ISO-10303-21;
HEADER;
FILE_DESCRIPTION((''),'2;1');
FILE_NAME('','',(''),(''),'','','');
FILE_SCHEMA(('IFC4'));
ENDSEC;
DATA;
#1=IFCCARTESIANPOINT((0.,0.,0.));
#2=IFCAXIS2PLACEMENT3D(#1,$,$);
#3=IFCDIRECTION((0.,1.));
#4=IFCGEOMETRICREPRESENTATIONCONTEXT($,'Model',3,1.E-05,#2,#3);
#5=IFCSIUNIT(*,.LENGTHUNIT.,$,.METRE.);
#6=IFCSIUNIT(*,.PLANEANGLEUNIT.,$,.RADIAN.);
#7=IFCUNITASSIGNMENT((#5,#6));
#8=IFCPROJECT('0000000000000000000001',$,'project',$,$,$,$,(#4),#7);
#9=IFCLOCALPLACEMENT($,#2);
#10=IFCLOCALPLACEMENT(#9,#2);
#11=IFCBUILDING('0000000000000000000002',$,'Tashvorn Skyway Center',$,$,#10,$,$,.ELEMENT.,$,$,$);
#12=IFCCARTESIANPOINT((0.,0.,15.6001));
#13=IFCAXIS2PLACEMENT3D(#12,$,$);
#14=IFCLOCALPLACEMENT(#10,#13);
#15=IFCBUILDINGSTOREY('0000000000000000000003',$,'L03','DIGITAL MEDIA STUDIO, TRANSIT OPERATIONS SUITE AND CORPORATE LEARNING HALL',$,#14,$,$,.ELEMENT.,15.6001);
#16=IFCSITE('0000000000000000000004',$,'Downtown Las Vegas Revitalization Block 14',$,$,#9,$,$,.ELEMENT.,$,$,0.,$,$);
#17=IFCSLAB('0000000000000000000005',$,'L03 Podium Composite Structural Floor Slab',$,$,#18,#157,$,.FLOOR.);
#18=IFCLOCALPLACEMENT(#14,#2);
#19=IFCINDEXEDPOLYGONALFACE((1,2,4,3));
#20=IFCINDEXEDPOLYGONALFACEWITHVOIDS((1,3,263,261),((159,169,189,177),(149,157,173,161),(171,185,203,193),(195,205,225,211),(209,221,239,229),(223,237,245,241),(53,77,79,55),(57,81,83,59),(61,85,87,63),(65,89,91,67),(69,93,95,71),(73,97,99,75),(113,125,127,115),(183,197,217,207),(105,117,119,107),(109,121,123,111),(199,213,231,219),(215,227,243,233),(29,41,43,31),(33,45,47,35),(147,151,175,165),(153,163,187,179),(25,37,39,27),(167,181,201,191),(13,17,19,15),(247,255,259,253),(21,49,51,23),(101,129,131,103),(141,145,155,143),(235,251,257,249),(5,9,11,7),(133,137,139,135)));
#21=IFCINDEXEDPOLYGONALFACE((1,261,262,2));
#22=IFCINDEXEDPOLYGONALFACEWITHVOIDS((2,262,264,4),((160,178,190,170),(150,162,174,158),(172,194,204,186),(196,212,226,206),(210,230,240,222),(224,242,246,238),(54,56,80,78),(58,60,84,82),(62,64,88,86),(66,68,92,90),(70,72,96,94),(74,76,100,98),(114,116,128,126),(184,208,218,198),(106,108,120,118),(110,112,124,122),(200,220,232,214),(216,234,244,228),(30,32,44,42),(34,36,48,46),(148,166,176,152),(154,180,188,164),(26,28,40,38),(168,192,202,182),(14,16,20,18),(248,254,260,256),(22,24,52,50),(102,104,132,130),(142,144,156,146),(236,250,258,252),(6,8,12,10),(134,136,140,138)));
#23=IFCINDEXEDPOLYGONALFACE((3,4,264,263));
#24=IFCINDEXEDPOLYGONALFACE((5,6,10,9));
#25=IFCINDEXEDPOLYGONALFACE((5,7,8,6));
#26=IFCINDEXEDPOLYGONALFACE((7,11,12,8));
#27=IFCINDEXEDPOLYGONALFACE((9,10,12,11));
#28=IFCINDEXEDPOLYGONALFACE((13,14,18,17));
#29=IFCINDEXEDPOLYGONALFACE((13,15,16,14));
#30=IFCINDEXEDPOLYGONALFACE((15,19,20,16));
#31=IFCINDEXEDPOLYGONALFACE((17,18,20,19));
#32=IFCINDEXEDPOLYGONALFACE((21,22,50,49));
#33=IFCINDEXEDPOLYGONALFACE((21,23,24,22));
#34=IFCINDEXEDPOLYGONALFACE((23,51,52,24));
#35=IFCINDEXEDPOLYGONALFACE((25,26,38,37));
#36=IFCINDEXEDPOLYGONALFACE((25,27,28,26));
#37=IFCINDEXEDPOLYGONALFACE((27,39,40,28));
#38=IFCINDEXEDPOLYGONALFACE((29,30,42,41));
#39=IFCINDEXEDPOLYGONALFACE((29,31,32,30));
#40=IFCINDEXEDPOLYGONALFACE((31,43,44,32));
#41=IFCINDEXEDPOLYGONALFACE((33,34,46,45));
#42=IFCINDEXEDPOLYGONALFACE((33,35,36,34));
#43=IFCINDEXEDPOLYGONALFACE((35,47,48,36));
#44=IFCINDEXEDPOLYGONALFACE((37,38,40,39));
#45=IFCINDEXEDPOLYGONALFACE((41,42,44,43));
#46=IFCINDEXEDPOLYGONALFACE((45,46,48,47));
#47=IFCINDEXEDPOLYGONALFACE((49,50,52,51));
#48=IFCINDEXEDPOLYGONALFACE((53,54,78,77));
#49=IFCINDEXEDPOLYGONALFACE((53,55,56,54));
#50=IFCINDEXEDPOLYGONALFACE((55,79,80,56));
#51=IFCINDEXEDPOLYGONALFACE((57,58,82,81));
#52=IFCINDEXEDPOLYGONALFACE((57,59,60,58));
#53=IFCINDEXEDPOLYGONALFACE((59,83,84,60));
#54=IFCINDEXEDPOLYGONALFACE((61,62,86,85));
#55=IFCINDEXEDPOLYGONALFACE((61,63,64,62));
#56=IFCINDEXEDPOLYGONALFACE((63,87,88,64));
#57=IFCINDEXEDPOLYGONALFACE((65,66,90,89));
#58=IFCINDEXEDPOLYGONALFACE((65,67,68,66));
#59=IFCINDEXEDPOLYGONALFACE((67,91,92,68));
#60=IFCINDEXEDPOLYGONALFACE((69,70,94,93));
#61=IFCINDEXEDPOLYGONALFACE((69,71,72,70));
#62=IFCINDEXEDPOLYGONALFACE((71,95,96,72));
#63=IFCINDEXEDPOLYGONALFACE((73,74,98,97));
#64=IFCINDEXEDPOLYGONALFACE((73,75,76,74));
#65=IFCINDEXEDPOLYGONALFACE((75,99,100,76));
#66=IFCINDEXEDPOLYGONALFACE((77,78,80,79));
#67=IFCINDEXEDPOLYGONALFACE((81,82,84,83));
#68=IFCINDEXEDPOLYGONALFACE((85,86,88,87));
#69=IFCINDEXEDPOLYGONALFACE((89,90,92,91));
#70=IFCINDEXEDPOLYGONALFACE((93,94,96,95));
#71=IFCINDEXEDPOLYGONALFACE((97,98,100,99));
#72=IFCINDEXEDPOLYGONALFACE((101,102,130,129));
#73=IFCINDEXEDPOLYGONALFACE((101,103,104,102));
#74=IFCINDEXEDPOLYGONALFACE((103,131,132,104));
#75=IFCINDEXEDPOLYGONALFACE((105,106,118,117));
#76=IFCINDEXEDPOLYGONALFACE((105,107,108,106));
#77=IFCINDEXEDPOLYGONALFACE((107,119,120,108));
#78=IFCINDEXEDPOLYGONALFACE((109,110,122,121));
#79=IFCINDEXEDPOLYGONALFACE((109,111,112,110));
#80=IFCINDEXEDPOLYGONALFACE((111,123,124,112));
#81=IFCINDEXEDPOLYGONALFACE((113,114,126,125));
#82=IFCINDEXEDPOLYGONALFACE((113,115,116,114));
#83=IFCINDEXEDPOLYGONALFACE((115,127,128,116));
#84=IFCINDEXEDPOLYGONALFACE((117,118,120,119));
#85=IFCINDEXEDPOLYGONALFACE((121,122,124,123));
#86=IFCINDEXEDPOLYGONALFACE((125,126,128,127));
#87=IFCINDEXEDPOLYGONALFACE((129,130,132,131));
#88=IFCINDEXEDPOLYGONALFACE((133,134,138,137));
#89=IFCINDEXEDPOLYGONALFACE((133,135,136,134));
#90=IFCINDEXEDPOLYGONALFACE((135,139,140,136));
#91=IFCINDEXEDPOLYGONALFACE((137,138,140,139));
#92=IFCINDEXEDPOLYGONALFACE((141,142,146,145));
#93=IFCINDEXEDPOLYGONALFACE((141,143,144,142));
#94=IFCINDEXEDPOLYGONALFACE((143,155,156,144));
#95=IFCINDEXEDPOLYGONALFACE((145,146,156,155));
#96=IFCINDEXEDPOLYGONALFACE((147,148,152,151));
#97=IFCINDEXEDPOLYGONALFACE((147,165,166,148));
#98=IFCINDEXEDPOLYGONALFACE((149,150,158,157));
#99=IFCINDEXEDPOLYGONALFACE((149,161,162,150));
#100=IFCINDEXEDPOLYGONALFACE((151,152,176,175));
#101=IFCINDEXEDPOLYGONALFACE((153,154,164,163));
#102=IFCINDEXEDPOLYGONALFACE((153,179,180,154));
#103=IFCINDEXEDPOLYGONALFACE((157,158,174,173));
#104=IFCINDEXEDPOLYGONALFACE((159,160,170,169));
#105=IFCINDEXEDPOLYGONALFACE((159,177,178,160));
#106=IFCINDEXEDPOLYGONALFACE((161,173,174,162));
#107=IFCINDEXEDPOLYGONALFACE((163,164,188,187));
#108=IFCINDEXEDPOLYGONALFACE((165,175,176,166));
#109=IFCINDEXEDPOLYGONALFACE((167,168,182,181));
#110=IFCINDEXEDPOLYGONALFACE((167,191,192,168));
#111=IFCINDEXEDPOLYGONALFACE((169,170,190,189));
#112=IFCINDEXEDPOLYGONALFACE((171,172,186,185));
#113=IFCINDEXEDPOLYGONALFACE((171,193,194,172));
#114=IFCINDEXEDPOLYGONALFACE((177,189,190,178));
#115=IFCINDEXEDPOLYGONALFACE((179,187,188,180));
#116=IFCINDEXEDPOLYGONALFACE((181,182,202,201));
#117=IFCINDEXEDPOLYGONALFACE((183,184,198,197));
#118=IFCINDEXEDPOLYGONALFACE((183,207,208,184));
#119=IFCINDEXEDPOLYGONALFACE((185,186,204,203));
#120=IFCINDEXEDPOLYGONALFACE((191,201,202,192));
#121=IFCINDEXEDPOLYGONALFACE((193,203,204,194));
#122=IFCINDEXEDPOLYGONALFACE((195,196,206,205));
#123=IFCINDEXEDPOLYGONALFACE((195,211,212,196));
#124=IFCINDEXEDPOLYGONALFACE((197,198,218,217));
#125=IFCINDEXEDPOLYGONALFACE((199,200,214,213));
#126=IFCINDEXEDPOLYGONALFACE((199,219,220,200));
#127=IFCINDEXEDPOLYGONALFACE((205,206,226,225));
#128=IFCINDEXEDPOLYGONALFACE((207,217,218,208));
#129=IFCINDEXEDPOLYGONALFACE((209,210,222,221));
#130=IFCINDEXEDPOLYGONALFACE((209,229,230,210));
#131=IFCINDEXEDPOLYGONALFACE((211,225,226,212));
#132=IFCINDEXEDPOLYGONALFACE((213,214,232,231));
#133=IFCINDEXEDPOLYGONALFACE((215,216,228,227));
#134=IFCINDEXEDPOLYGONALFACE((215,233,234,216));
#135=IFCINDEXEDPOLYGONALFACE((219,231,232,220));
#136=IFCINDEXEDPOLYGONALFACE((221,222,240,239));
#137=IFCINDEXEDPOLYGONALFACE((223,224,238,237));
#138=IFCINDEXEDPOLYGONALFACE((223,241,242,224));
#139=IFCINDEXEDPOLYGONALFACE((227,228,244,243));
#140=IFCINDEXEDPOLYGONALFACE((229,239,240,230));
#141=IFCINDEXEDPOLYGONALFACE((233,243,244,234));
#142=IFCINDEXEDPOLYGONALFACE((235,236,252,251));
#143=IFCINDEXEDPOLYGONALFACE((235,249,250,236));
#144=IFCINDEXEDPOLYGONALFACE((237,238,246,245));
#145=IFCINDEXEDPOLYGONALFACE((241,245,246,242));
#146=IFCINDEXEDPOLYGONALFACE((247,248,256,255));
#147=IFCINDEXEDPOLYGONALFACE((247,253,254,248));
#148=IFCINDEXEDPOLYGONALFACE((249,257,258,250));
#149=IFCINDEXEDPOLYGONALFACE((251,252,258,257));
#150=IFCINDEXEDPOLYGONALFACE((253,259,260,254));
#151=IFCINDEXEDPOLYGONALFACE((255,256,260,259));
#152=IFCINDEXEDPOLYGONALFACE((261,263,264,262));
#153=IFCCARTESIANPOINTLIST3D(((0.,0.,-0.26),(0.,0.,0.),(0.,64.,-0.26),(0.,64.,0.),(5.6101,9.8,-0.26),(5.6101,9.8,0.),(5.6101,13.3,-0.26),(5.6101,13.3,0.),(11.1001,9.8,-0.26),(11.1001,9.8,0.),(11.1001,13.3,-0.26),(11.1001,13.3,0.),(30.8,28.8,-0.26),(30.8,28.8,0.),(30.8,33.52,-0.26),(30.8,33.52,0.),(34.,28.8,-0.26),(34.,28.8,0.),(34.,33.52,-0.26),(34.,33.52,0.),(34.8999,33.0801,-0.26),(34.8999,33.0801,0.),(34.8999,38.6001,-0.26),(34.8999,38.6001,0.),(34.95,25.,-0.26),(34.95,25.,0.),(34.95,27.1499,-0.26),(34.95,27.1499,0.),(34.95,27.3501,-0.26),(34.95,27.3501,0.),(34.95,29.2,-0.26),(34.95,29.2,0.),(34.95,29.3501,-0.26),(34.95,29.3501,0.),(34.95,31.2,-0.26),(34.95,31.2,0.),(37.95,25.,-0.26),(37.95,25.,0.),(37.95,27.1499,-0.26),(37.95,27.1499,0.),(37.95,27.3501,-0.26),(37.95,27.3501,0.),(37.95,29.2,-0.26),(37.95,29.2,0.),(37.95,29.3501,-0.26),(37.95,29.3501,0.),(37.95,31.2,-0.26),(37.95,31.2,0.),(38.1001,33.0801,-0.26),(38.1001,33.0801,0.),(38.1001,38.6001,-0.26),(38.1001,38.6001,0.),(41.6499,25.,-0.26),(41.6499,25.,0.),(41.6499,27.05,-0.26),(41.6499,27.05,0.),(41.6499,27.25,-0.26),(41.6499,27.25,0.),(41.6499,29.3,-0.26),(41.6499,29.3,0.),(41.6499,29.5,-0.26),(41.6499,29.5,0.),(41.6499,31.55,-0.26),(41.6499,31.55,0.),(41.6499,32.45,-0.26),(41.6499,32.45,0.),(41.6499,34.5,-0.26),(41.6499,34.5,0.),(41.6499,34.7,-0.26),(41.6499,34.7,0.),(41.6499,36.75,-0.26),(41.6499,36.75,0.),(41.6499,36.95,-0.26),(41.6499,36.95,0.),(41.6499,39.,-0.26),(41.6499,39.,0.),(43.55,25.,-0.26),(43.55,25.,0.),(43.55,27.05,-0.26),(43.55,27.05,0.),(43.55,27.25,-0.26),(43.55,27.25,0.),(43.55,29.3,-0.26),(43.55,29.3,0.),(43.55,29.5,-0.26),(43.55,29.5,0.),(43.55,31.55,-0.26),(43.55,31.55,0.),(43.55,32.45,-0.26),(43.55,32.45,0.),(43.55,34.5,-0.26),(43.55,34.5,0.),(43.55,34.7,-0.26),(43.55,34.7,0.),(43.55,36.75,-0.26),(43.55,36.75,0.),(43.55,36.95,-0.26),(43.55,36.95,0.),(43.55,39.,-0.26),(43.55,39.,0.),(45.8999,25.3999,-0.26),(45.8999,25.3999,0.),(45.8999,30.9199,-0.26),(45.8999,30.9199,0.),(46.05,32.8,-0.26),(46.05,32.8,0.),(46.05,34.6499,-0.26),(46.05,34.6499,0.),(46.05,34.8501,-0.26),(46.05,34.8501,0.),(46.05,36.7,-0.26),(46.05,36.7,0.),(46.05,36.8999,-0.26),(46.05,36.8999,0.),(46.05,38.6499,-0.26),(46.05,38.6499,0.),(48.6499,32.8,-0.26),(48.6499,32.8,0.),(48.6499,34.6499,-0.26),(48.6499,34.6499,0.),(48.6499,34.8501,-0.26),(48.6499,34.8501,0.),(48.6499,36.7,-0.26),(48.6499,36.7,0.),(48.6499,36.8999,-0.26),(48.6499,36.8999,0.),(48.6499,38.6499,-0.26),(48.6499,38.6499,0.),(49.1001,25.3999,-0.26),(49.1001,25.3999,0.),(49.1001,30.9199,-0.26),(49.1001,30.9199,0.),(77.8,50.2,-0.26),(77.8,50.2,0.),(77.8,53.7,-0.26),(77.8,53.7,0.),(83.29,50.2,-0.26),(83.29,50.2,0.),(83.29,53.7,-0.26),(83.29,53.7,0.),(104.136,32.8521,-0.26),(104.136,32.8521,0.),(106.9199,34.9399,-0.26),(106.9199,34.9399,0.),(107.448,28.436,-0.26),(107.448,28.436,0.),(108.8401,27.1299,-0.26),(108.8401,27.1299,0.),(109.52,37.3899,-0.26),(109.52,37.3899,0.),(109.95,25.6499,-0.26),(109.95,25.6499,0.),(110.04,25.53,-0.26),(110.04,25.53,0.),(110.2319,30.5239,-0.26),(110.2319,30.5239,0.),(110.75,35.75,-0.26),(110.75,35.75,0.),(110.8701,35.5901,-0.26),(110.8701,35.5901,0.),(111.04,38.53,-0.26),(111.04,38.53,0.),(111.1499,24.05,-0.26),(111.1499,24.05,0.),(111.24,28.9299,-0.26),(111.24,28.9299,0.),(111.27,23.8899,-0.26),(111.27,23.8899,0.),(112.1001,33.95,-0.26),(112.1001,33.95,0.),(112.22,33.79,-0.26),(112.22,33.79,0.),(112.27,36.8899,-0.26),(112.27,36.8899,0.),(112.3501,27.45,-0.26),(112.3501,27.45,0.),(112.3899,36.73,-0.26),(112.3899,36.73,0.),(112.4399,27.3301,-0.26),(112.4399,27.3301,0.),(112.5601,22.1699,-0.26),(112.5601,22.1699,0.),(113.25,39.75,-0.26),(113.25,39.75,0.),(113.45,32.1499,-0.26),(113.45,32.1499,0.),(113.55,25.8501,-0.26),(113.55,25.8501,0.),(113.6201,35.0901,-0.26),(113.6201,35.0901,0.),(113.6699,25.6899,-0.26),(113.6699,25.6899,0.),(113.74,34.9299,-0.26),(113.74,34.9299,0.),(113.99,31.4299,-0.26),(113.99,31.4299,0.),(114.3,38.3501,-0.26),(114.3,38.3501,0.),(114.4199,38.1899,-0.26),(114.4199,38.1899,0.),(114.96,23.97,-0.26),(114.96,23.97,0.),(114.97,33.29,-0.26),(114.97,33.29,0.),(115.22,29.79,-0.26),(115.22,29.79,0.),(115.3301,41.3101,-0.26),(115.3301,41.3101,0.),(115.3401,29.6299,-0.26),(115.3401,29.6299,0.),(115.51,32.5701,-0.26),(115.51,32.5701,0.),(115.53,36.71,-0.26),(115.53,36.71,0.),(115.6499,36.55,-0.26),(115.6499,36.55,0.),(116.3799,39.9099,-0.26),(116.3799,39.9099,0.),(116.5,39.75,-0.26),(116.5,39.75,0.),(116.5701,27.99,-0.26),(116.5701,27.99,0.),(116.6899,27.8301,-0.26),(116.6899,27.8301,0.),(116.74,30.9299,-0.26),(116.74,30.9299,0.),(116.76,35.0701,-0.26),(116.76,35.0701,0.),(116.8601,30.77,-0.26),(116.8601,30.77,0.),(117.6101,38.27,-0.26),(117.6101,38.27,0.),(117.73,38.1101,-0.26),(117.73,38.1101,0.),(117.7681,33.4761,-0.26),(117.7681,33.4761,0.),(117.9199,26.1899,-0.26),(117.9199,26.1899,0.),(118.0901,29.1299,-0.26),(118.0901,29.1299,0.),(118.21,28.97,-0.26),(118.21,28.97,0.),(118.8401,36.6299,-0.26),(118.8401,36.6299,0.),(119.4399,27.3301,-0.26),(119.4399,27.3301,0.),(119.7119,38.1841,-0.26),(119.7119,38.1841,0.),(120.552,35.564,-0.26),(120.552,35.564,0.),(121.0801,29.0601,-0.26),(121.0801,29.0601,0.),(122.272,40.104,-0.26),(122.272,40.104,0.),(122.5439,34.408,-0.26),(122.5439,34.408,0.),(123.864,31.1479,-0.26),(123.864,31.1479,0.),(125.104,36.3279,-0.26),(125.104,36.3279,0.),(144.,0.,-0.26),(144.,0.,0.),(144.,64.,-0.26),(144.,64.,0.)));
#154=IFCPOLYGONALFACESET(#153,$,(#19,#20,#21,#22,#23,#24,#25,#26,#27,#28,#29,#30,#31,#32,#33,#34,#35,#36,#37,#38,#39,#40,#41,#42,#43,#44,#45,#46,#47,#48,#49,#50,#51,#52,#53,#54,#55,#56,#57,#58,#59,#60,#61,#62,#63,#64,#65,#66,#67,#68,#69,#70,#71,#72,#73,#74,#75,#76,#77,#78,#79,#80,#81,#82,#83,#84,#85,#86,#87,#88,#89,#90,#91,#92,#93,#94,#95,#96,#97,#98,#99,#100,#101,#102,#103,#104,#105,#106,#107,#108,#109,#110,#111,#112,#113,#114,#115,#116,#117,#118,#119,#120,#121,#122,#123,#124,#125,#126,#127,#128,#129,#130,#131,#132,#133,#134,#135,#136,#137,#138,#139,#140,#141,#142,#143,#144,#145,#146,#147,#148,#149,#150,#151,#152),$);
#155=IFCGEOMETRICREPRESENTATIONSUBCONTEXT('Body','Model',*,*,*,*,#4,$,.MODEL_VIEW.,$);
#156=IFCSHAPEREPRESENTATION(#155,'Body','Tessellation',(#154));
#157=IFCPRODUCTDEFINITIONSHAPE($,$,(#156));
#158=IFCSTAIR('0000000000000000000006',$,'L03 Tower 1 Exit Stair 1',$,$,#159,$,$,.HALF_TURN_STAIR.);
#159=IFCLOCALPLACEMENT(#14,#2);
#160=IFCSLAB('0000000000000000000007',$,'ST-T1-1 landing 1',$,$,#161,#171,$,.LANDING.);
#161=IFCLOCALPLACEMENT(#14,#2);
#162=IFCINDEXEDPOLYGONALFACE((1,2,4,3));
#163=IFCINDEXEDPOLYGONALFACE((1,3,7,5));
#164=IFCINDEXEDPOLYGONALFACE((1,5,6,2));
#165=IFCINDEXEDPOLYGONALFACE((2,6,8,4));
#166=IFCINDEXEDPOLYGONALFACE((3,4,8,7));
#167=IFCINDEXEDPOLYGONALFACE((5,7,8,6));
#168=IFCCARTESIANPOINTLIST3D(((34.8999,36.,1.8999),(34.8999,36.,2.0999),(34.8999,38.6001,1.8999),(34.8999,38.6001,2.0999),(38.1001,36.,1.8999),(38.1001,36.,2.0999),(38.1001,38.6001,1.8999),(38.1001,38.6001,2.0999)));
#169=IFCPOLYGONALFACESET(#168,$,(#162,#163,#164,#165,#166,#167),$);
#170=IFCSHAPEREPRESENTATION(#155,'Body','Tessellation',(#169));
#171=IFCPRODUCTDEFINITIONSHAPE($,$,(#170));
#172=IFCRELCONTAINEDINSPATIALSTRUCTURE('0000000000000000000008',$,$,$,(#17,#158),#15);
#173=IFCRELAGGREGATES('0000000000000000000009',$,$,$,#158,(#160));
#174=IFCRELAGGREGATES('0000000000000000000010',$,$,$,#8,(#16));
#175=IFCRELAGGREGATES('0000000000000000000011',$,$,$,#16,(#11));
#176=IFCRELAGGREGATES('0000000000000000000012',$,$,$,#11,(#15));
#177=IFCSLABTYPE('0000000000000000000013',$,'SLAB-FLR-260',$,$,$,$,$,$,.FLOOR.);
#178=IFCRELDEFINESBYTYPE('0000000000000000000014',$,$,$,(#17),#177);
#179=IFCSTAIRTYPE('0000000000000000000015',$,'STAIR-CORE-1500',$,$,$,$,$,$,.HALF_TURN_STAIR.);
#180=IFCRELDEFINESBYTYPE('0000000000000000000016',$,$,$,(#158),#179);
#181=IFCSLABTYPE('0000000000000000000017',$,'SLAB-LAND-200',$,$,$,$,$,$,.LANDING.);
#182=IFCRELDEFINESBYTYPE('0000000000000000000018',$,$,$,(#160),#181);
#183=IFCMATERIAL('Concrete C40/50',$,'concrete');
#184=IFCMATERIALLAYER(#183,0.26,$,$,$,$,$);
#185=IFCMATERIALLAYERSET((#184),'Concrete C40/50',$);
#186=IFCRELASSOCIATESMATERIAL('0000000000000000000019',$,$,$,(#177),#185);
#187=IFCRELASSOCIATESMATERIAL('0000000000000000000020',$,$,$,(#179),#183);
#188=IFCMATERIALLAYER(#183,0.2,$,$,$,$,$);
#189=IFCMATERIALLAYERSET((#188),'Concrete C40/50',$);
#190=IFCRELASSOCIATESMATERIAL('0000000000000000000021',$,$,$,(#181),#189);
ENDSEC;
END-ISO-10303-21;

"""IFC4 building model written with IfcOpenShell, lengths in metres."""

from ifc_helpers import new_model, si_unit, direction, frame, origin, place, context, subcontext, project, spatial, polyline, outline, extrude, material, layer, layer_set, type_object, element, aggregate, save


model = new_model("IFC4")

# Units and contexts
model_context = context("Model", 3, precision=1e-05, world=origin(), true_north=direction((0.0, 1.0)))
body_context = subcontext(model_context, "Body", "Model", "MODEL_VIEW")
ifc_project = project(units=[si_unit("LENGTHUNIT", "METRE"), si_unit("PLANEANGLEUNIT", "RADIAN")], contexts=[model_context])

# Site, building, storey
site_placement = place(None, origin())
site = spatial("IfcSite", under=ifc_project, at=site_placement, Name="Downtown Las Vegas Revitalization Block 14", CompositionType="ELEMENT", RefElevation=0.0)
building_placement = place(site_placement, origin())
building = spatial("IfcBuilding", under=site, at=building_placement, Name="Tashvorn Skyway Center", CompositionType="ELEMENT")
storey_placement = place(building_placement, frame((0.0, 0.0, 15.6001)))
storey = spatial("IfcBuildingStorey", under=building, at=storey_placement, Name="L03", Description="DIGITAL MEDIA STUDIO, TRANSIT OPERATIONS SUITE AND CORPORATE LEARNING HALL", CompositionType="ELEMENT", Elevation=15.6001)

# Slab
ifc_material_1 = material(Name="Concrete C40/50", Category="concrete")
ifc_layer_1 = layer(ifc_material_1, 0.26)
ifc_layer_set_1 = layer_set([ifc_layer_1], Name="Concrete C40/50")
slab_type_1 = type_object("IfcSlabType", Name="SLAB-FLR-260", PredefinedType="FLOOR", material=ifc_layer_set_1)
slab_1_placement = place(storey_placement, frame((0.0, 0.0, -0.26)))
element("IfcSlab", 1, at=slab_1_placement, inside=storey, type_object=slab_type_1, Name="L03 Podium Composite Structural Floor Slab", PredefinedType="FLOOR", context=body_context, shape_type="SweptSolid", body=[
    extrude(outline(polyline([(0.0, 0.0), (144.0, 0.0), (144.0, 64.0), (0.0, 64.0), (0.0, 0.0)]), holes=[polyline([(38.1001, 33.0801), (38.1001, 38.6001), (34.8999, 38.6001), (34.8999, 33.0801), (38.1001, 33.0801)]), polyline([(45.8999, 30.9199), (45.8999, 25.3999), (49.1001, 25.3999), (49.1001, 30.9199), (45.8999, 30.9199)]), polyline([(110.2319, 30.5239), (106.9199, 34.9399), (104.136, 32.8521), (107.448, 28.436), (110.2319, 30.5239)]), polyline([(117.7681, 33.4761), (121.0801, 29.0601), (123.864, 31.1479), (120.552, 35.564), (117.7681, 33.4761)]), polyline([(30.8, 33.52), (30.8, 28.8), (34.0, 28.8), (34.0, 33.52), (30.8, 33.52)]), polyline([(119.7119, 38.1841), (122.5439, 34.408), (125.104, 36.3279), (122.272, 40.104), (119.7119, 38.1841)]), polyline([(5.6101, 9.8), (11.1001, 9.8), (11.1001, 13.3), (5.6101, 13.3), (5.6101, 9.8)]), polyline([(83.29, 53.7), (77.8, 53.7), (77.8, 50.2), (83.29, 50.2), (83.29, 53.7)]), polyline([(34.95, 29.3501), (37.95, 29.3501), (37.95, 31.2), (34.95, 31.2), (34.95, 29.3501)]), polyline([(34.95, 27.3501), (37.95, 27.3501), (37.95, 29.2), (34.95, 29.2), (34.95, 27.3501)]), polyline([(34.95, 25.0), (37.95, 25.0), (37.95, 27.1499), (34.95, 27.1499), (34.95, 25.0)]), polyline([(41.6499, 25.0), (43.55, 25.0), (43.55, 27.05), (41.6499, 27.05), (41.6499, 25.0)]), polyline([(41.6499, 27.25), (43.55, 27.25), (43.55, 29.3), (41.6499, 29.3), (41.6499, 27.25)]), polyline([(41.6499, 29.5), (43.55, 29.5), (43.55, 31.55), (41.6499, 31.55), (41.6499, 29.5)]), polyline([(41.6499, 32.45), (43.55, 32.45), (43.55, 34.5), (41.6499, 34.5), (41.6499, 32.45)]), polyline([(41.6499, 34.7), (43.55, 34.7), (43.55, 36.75), (41.6499, 36.75), (41.6499, 34.7)]), polyline([(41.6499, 36.95), (43.55, 36.95), (43.55, 39.0), (41.6499, 39.0), (41.6499, 36.95)]), polyline([(46.05, 32.8), (48.6499, 32.8), (48.6499, 34.6499), (46.05, 34.6499), (46.05, 32.8)]), polyline([(46.05, 34.8501), (48.6499, 34.8501), (48.6499, 36.7), (46.05, 36.7), (46.05, 34.8501)]), polyline([(46.05, 36.8999), (48.6499, 36.8999), (48.6499, 38.6499), (46.05, 38.6499), (46.05, 36.8999)]), polyline([(109.95, 25.6499), (112.3501, 27.45), (111.24, 28.9299), (108.8401, 27.1299), (109.95, 25.6499)]), polyline([(111.1499, 24.05), (113.55, 25.8501), (112.4399, 27.3301), (110.04, 25.53), (111.1499, 24.05)]), polyline([(112.5601, 22.1699), (114.96, 23.97), (113.6699, 25.6899), (111.27, 23.8899), (112.5601, 22.1699)]), polyline([(117.9199, 26.1899), (119.4399, 27.3301), (118.21, 28.97), (116.6899, 27.8301), (117.9199, 26.1899)]), polyline([(116.5701, 27.99), (118.0901, 29.1299), (116.8601, 30.77), (115.3401, 29.6299), (116.5701, 27.99)]), polyline([(115.22, 29.79), (116.74, 30.9299), (115.51, 32.5701), (113.99, 31.4299), (115.22, 29.79)]), polyline([(113.45, 32.1499), (114.97, 33.29), (113.74, 34.9299), (112.22, 33.79), (113.45, 32.1499)]), polyline([(112.1001, 33.95), (113.6201, 35.0901), (112.3899, 36.73), (110.8701, 35.5901), (112.1001, 33.95)]), polyline([(110.75, 35.75), (112.27, 36.8899), (111.04, 38.53), (109.52, 37.3899), (110.75, 35.75)]), polyline([(116.76, 35.0701), (118.8401, 36.6299), (117.73, 38.1101), (115.6499, 36.55), (116.76, 35.0701)]), polyline([(115.53, 36.71), (117.6101, 38.27), (116.5, 39.75), (114.4199, 38.1899), (115.53, 36.71)]), polyline([(114.3, 38.3501), (116.3799, 39.9099), (115.3301, 41.3101), (113.25, 39.75), (114.3, 38.3501)])]), origin(), (0.0, 0.0, 1.0), 0.26),
])

# Stair, slab
stair_type_1 = type_object("IfcStairType", Name="STAIR-CORE-1500", PredefinedType="HALF_TURN_STAIR", material=ifc_material_1)
stair_1_placement = place(storey_placement, origin())
stair_1 = element("IfcStair", 2, at=stair_1_placement, inside=storey, type_object=stair_type_1, Name="L03 Tower 1 Exit Stair 1", PredefinedType="HALF_TURN_STAIR")
ifc_layer_2 = layer(ifc_material_1, 0.2)
ifc_layer_set_2 = layer_set([ifc_layer_2], Name="Concrete C40/50")
slab_type_2 = type_object("IfcSlabType", Name="SLAB-LAND-200", PredefinedType="LANDING", material=ifc_layer_set_2)
slab_2_placement = place(storey_placement, frame((0.0, 0.0, 1.8999)))
slab_2 = element("IfcSlab", 3, at=slab_2_placement, type_object=slab_type_2, Name="ST-T1-1 landing 1", PredefinedType="LANDING", context=body_context, shape_type="SweptSolid", body=[
    extrude(outline(polyline([(38.1001, 36.0), (38.1001, 38.6001), (34.8999, 38.6001), (34.8999, 36.0), (38.1001, 36.0)])), origin(), (0.0, 0.0, 1.0), 0.2),
])
aggregate(stair_1, [slab_2])

save(model, "model.ifc")
